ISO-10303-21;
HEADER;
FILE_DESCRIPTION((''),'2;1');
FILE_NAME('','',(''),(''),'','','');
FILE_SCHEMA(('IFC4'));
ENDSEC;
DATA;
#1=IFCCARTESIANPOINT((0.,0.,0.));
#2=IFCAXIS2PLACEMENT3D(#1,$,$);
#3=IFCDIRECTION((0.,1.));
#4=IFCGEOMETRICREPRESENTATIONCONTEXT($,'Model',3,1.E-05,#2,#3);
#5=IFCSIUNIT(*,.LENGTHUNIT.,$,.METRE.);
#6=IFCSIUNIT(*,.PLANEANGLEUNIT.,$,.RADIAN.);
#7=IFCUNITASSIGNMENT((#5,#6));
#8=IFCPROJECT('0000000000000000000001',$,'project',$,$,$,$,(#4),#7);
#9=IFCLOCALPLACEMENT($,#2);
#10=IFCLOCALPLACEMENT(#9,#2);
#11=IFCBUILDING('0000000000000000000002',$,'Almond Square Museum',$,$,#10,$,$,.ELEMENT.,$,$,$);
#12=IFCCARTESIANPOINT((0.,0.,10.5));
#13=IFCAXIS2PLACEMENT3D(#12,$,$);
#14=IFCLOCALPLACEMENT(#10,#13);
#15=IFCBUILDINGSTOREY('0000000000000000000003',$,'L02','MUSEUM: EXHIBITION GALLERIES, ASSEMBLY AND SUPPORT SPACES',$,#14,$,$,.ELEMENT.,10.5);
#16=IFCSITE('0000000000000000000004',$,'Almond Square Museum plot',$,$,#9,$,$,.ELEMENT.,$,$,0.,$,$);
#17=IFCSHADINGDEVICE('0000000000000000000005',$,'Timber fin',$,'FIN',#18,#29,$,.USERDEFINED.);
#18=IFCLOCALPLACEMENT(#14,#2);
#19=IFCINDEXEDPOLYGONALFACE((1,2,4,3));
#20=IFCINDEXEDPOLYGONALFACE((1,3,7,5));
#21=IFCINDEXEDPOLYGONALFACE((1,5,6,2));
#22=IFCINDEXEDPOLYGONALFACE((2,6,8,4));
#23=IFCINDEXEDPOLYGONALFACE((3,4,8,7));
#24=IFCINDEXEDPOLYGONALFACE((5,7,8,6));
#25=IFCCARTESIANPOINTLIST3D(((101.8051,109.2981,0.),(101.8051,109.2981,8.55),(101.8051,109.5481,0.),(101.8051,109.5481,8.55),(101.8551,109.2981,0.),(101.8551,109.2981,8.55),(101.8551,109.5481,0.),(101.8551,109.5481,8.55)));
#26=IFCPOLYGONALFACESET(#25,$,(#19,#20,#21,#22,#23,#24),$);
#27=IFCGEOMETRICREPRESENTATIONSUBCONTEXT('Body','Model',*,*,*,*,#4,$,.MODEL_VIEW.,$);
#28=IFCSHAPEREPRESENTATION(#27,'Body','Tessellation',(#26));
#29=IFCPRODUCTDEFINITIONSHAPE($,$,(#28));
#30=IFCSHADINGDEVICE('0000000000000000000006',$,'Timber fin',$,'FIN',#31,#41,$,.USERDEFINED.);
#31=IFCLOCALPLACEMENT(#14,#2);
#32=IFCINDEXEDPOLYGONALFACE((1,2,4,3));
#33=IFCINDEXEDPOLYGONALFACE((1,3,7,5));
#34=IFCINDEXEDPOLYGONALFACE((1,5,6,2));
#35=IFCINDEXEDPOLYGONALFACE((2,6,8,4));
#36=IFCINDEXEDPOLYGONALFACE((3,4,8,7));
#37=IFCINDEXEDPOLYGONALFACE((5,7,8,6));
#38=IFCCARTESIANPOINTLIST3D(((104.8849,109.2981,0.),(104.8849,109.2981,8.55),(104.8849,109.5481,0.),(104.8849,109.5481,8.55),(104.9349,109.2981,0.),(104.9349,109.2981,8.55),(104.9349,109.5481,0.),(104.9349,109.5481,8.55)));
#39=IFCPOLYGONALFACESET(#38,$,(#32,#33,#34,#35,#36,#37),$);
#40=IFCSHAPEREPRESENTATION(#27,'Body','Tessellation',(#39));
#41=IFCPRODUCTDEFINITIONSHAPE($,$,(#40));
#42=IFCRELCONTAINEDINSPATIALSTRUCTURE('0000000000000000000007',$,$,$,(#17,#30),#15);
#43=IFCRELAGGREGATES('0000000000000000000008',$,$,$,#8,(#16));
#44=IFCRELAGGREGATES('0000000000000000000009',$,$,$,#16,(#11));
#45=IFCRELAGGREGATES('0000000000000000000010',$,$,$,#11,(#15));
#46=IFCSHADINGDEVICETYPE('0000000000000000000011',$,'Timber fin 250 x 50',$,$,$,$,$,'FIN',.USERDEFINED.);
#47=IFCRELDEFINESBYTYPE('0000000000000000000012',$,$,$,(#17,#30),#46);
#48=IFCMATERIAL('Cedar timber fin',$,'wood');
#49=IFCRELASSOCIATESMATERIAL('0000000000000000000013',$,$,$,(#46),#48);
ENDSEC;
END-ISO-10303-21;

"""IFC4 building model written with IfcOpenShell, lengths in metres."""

from ifc_helpers import new_model, si_unit, direction, frame, origin, origin_2d, place, context, subcontext, project, spatial, rectangle, extrude, material, material_profile, profile_set, type_object, element, save


model = new_model("IFC4")

# Units and contexts
model_context = context("Model", 3, precision=1e-05, world=origin(), true_north=direction((0.0, 1.0)))
body_context = subcontext(model_context, "Body", "Model", "MODEL_VIEW")
ifc_project = project(units=[si_unit("LENGTHUNIT", "METRE"), si_unit("PLANEANGLEUNIT", "RADIAN")], contexts=[model_context])

# Site, building, storey
site_placement = place(None, origin())
site = spatial("IfcSite", under=ifc_project, at=site_placement, Name="Almond Square Museum plot", CompositionType="ELEMENT", RefElevation=0.0)
building_placement = place(site_placement, origin())
building = spatial("IfcBuilding", under=site, at=building_placement, Name="Almond Square Museum", CompositionType="ELEMENT")
storey_placement = place(building_placement, frame((0.0, 0.0, 10.5)))
storey = spatial("IfcBuildingStorey", under=building, at=storey_placement, Name="L02", Description="MUSEUM: EXHIBITION GALLERIES, ASSEMBLY AND SUPPORT SPACES", CompositionType="ELEMENT", Elevation=10.5)

# Shading devices
ifc_material_1 = material(Name="Cedar timber fin", Category="wood")
ifc_material_profile_1 = material_profile(ifc_material_1, rectangle(XDim=0.25, YDim=0.05, at=origin_2d()))
ifc_profile_set_1 = profile_set([ifc_material_profile_1], Name="Cedar timber fin")
shading_device_type_1 = type_object("IfcShadingDeviceType", Name="Timber fin 250 x 50", ElementType="FIN", PredefinedType="USERDEFINED", material=ifc_profile_set_1)
for number, where, z_axis, x_axis, name in (
    (1, (101.8301, 109.4231, 0.0), (0.0, 0.0, 1.0), (0.0, 1.0, 0.0), "Timber fin"),
    (2, (104.9099, 109.4231, 0.0), (0.0, 0.0, 1.0), (0.0, 1.0, 0.0), "Timber fin"),
):
    element("IfcShadingDevice", number, at=place(storey_placement, frame(where, z_axis=z_axis, x_axis=x_axis)), inside=storey, type_object=shading_device_type_1, Name=name, ObjectType="FIN", PredefinedType="USERDEFINED", context=body_context, shape_type="SweptSolid", body=[
        extrude(rectangle(XDim=0.25, YDim=0.05, at=origin_2d()), origin(), (0.0, 0.0, 1.0), 8.55),
    ])

save(model, "model.ifc")
